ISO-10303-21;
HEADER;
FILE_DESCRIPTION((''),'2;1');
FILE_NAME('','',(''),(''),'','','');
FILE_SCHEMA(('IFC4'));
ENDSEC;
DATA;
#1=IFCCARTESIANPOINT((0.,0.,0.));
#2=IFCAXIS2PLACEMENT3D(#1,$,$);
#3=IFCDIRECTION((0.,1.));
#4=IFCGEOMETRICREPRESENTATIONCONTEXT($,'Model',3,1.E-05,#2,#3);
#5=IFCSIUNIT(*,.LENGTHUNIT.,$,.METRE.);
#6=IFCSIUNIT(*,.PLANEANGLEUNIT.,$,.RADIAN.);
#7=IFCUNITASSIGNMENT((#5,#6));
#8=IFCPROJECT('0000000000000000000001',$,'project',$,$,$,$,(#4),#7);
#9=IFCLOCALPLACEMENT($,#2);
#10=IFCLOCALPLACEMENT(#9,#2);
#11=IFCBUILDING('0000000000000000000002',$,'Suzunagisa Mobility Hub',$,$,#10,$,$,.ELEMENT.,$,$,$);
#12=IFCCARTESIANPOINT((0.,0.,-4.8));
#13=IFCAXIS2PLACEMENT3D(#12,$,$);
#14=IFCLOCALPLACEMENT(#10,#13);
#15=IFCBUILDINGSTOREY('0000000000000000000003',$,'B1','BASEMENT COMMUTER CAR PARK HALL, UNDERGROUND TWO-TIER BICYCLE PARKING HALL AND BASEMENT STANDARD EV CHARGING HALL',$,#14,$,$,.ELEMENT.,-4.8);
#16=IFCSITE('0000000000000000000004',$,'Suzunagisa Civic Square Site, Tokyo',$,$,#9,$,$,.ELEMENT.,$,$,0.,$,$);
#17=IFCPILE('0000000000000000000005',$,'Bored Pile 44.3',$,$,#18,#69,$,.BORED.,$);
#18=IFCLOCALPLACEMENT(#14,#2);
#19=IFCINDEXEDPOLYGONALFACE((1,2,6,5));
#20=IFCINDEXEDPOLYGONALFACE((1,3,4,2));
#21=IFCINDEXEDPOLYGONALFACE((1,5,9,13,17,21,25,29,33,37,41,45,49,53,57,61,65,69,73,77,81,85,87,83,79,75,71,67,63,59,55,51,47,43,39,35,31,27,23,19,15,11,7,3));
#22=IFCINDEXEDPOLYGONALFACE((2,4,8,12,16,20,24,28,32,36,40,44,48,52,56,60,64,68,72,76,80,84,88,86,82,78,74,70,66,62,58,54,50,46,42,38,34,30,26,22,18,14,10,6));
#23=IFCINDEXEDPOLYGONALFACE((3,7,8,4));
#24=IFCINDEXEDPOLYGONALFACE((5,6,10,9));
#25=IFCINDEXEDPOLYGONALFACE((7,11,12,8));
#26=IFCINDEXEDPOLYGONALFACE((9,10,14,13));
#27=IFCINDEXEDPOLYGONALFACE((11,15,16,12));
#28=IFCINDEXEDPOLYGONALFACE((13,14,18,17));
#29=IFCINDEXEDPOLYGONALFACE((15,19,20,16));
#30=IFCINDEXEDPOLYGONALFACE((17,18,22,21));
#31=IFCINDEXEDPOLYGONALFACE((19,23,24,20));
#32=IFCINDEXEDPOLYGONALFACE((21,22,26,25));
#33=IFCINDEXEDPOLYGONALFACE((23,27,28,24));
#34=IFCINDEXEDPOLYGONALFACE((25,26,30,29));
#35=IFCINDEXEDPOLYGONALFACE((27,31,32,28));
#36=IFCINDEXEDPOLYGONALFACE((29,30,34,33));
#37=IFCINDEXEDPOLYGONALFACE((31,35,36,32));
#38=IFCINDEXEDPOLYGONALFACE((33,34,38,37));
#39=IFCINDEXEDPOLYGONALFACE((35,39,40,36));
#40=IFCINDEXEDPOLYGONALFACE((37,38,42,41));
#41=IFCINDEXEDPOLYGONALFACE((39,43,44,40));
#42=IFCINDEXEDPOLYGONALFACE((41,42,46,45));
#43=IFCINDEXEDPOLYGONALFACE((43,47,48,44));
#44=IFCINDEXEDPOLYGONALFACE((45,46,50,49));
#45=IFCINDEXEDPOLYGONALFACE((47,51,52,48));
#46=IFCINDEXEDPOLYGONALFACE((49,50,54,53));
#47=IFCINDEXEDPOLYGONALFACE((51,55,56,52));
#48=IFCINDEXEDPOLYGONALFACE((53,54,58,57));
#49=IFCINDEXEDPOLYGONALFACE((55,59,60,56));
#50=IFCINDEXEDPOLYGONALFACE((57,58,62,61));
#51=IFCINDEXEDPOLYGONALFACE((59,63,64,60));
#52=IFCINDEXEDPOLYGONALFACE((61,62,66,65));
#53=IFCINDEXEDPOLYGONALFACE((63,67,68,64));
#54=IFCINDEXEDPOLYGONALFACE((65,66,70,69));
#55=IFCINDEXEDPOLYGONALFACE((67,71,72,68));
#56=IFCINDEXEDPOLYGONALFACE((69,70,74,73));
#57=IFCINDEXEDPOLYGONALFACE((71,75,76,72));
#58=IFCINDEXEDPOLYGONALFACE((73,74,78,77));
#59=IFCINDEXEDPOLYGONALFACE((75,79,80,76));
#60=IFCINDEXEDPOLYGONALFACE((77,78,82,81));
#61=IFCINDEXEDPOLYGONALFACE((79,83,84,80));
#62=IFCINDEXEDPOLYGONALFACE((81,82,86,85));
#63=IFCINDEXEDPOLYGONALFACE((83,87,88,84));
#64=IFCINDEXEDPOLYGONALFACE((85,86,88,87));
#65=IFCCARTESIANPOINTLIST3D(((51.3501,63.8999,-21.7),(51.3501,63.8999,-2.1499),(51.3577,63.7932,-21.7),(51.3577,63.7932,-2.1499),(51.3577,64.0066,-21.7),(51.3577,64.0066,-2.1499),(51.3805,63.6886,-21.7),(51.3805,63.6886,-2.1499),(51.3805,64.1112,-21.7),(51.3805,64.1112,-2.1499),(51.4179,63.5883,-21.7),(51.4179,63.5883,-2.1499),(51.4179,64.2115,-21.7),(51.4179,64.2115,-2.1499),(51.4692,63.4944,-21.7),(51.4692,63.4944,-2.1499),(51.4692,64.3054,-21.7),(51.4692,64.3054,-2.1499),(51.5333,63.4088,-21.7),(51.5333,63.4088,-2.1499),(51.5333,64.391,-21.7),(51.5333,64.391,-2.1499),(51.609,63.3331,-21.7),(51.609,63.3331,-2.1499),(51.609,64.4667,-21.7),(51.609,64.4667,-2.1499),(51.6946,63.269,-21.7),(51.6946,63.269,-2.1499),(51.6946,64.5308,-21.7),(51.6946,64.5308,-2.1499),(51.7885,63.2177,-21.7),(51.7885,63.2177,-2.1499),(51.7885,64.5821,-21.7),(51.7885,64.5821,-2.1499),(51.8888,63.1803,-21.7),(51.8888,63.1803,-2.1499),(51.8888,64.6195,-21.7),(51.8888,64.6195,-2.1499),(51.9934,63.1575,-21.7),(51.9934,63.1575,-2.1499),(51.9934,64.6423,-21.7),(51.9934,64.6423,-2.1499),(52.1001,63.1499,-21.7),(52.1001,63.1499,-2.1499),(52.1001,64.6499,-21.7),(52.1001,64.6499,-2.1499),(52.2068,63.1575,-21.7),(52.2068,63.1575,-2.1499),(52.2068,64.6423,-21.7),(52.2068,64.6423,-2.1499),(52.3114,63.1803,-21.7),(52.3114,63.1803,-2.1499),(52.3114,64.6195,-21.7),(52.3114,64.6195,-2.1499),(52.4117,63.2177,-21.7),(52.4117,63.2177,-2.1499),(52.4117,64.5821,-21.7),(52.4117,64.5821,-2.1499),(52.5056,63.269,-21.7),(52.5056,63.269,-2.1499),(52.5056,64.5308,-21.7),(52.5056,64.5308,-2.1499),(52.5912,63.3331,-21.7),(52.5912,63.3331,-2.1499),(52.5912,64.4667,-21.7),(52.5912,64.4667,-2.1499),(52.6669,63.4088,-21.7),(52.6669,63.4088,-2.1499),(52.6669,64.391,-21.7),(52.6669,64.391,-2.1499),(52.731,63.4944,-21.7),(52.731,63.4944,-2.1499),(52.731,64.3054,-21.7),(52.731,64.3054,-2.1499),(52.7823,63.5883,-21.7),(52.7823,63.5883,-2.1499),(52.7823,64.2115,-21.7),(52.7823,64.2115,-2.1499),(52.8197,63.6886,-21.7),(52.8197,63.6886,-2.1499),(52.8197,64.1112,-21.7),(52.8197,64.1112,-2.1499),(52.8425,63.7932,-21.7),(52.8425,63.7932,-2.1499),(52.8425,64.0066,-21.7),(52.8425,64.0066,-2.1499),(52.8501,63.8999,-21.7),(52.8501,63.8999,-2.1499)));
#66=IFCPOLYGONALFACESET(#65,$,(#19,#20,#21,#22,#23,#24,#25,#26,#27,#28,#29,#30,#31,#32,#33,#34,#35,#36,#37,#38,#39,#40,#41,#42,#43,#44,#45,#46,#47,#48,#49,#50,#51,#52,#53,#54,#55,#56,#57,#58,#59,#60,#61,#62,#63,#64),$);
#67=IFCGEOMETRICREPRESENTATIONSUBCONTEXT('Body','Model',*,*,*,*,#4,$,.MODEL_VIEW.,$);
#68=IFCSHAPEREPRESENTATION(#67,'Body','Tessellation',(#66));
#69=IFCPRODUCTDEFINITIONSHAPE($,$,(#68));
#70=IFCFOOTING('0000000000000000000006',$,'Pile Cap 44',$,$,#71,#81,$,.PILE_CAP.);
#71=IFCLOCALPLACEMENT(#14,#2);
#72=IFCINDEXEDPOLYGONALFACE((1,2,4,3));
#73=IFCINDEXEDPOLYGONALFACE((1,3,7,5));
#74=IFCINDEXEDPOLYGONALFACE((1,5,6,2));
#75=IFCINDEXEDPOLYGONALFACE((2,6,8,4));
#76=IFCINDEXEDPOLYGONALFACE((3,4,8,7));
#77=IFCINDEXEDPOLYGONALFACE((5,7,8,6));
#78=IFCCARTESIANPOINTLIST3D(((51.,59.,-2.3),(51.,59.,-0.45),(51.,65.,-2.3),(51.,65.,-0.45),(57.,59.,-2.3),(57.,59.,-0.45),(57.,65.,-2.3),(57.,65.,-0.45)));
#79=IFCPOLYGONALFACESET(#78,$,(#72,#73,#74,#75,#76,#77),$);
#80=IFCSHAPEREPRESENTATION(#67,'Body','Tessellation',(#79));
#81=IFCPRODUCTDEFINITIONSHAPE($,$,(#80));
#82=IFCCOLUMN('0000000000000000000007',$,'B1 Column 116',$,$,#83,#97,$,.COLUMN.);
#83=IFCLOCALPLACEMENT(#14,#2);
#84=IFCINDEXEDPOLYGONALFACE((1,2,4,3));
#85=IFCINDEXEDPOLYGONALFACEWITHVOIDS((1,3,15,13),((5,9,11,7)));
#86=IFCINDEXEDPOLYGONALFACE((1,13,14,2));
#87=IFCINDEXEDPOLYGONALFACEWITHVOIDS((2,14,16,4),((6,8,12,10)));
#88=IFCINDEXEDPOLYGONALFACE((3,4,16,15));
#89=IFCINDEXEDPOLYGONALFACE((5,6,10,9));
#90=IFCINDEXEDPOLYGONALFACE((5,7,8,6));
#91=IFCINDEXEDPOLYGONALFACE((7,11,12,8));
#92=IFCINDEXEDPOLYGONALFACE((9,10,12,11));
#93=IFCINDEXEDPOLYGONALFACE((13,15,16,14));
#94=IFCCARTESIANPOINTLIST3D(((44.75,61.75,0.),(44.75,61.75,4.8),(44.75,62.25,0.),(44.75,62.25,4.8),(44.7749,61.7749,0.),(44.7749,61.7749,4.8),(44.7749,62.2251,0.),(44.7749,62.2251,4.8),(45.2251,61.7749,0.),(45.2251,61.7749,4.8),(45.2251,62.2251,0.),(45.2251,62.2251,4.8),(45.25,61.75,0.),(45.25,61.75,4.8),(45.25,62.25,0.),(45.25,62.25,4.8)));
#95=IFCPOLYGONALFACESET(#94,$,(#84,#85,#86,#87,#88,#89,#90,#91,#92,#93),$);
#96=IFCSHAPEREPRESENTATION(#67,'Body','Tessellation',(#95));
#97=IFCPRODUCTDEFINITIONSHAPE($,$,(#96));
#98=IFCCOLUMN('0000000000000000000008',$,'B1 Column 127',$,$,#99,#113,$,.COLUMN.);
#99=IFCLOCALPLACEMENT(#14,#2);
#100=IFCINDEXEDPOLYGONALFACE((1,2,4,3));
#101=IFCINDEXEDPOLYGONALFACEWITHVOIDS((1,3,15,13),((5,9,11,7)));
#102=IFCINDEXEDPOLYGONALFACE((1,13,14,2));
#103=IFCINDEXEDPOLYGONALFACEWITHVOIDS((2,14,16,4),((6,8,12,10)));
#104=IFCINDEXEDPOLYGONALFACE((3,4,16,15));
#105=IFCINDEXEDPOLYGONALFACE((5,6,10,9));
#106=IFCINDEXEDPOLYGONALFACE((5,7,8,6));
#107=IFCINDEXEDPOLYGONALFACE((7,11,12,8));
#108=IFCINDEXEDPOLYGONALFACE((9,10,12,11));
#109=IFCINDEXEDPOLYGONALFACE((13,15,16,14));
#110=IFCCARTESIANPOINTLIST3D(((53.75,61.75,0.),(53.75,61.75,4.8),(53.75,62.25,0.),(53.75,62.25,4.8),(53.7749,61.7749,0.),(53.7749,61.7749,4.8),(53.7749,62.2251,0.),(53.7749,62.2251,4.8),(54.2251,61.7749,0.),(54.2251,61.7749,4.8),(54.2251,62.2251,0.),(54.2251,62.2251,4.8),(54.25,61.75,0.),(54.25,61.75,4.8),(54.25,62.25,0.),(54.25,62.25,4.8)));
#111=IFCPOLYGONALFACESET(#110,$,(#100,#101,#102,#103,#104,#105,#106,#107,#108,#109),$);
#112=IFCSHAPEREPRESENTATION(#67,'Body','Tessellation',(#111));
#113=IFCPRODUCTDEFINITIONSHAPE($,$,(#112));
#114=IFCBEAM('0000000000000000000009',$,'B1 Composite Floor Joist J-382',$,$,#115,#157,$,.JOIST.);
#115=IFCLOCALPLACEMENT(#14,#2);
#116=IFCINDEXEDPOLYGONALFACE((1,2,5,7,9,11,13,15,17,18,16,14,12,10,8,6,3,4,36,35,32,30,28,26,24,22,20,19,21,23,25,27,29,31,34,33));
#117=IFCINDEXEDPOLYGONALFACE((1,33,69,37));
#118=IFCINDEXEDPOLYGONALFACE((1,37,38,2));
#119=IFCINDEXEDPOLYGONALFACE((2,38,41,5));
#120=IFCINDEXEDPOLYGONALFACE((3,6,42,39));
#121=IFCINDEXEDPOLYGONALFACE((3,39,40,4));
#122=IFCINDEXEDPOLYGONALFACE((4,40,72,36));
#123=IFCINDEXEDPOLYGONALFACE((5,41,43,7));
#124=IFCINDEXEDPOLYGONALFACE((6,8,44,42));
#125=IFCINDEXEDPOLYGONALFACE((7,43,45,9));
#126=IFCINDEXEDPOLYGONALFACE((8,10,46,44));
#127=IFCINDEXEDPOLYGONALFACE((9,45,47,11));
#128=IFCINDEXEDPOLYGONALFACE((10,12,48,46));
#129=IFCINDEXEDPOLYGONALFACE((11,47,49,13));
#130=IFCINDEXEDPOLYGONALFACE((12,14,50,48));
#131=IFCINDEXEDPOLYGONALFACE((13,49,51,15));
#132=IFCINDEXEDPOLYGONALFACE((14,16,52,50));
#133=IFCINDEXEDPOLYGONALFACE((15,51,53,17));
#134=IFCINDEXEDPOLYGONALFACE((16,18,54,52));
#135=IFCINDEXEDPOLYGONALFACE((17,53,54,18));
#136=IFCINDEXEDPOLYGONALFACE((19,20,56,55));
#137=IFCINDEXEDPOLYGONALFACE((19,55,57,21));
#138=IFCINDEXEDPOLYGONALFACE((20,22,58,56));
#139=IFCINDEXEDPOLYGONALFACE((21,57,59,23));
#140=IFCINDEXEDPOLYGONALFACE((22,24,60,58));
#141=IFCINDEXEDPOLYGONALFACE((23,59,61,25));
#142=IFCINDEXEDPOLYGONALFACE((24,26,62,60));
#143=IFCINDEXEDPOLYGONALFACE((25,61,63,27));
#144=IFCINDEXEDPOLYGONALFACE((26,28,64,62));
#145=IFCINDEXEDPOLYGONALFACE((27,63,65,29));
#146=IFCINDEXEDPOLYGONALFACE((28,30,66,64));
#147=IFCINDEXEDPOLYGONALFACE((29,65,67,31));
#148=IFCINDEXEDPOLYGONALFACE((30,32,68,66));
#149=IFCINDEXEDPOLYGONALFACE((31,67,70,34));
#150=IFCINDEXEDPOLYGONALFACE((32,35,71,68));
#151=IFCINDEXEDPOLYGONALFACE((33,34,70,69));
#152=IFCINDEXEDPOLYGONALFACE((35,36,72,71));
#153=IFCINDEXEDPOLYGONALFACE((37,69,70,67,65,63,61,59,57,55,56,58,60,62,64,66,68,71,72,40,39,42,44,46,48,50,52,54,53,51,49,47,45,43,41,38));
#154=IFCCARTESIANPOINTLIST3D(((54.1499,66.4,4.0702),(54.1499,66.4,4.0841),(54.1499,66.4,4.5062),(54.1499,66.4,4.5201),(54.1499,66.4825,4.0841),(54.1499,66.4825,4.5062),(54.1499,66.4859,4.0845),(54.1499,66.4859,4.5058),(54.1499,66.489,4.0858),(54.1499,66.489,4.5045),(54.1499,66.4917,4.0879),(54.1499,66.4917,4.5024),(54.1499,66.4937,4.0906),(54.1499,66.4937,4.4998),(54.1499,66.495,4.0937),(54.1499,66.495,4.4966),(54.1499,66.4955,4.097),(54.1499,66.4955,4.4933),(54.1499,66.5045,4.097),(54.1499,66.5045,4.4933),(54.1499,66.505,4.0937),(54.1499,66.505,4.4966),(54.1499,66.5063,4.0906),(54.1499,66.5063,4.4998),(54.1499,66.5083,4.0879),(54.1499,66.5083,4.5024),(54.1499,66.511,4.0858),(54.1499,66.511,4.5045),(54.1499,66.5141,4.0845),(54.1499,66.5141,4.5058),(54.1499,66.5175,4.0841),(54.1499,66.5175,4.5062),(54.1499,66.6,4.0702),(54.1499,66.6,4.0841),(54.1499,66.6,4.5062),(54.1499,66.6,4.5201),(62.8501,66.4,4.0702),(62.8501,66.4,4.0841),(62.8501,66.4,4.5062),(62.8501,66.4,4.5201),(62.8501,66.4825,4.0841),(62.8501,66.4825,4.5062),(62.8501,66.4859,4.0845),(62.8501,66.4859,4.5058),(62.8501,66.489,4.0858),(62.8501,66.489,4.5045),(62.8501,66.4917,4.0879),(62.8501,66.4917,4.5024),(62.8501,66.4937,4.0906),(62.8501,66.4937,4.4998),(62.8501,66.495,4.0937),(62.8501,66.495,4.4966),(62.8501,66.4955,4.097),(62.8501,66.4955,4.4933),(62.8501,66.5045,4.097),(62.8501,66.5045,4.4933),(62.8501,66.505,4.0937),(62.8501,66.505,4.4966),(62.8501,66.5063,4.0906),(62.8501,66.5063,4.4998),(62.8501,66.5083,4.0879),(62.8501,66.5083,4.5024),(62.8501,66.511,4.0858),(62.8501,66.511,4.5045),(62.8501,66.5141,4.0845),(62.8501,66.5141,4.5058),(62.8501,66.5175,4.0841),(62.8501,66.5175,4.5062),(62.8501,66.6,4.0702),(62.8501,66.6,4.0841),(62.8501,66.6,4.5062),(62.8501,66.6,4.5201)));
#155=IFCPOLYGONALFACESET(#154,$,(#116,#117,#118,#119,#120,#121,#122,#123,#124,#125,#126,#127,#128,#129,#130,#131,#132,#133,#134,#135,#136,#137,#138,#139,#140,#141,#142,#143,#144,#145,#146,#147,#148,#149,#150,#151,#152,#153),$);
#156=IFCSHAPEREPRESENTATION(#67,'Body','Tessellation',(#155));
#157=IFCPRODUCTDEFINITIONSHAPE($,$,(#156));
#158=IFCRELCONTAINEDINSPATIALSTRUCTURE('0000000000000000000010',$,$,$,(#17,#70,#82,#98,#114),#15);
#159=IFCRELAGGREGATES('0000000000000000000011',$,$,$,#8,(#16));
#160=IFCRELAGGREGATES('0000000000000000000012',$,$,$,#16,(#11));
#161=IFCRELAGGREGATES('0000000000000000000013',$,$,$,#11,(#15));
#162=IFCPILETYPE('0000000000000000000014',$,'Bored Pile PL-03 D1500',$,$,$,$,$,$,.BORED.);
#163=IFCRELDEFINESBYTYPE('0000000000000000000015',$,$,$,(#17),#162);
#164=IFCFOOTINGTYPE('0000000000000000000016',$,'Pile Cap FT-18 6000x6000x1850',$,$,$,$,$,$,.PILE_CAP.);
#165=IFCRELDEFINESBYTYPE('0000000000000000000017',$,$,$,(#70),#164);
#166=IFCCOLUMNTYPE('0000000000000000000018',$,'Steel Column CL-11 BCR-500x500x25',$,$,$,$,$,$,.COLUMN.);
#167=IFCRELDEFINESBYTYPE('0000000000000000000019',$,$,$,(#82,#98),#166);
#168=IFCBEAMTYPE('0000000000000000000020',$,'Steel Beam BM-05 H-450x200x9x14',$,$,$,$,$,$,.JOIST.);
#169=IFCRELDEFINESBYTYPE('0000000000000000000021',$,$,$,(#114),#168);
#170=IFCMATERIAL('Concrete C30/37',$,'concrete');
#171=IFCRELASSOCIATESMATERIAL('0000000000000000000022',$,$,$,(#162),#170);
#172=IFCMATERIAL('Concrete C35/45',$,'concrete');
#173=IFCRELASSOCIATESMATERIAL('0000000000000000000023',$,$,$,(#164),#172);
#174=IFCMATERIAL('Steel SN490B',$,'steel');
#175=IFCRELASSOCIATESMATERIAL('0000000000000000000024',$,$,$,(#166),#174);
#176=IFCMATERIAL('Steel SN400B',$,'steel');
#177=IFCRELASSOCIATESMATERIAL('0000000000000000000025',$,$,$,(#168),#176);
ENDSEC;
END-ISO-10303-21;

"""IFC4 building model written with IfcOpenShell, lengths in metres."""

from ifc_helpers import new_model, si_unit, direction, frame, origin, origin_2d, place, context, subcontext, project, spatial, rectangle, hollow_rectangle, circle, i_section, extrude, material, material_profile, profile_set, type_object, element, save


model = new_model("IFC4")

# Units and contexts
model_context = context("Model", 3, precision=1e-05, world=origin(), true_north=direction((0.0, 1.0)))
body_context = subcontext(model_context, "Body", "Model", "MODEL_VIEW")
ifc_project = project(units=[si_unit("LENGTHUNIT", "METRE"), si_unit("PLANEANGLEUNIT", "RADIAN")], contexts=[model_context])

# Site, building, storey
site_placement = place(None, origin())
site = spatial("IfcSite", under=ifc_project, at=site_placement, Name="Suzunagisa Civic Square Site, Tokyo", CompositionType="ELEMENT", RefElevation=0.0)
building_placement = place(site_placement, origin())
building = spatial("IfcBuilding", under=site, at=building_placement, Name="Suzunagisa Mobility Hub", CompositionType="ELEMENT")
storey_placement = place(building_placement, frame((0.0, 0.0, -4.8)))
storey = spatial("IfcBuildingStorey", under=building, at=storey_placement, Name="B1", Description="BASEMENT COMMUTER CAR PARK HALL, UNDERGROUND TWO-TIER BICYCLE PARKING HALL AND BASEMENT STANDARD EV CHARGING HALL", CompositionType="ELEMENT", Elevation=-4.8)

# Pile
ifc_material_1 = material(Name="Concrete C30/37", Category="concrete")
ifc_material_profile_1 = material_profile(ifc_material_1, circle(Radius=0.75, at=origin_2d()), Name="BORED PILE D1500")
ifc_profile_set_1 = profile_set([ifc_material_profile_1], Name="Concrete C30/37")
pile_type_1 = type_object("IfcPileType", Name="Bored Pile PL-03 D1500", PredefinedType="BORED", material=ifc_profile_set_1)
for number, where, z_axis, x_axis, name in (
    (1, (52.1001, 63.8999, -2.1499), (0.0, 0.0, -1.0), (1.0, 0.0, 0.0), "Bored Pile 44.3"),
):
    element("IfcPile", number, at=place(storey_placement, frame(where, z_axis=z_axis, x_axis=x_axis)), inside=storey, type_object=pile_type_1, Name=name, PredefinedType="BORED", context=body_context, shape_type="SweptSolid", body=[
        extrude(circle(Radius=0.75, at=origin_2d()), origin(), (0.0, 0.0, 1.0), 19.55),
    ])

# Footing
ifc_material_2 = material(Name="Concrete C35/45", Category="concrete")
footing_type = type_object("IfcFootingType", Name="Pile Cap FT-18 6000x6000x1850", PredefinedType="PILE_CAP", material=ifc_material_2)
footing_placement = place(storey_placement, frame((54.0, 62.0, -2.3), z_axis=(0.0, 0.0, 1.0), x_axis=(1.0, 0.0, 0.0)))
element("IfcFooting", 2, at=footing_placement, inside=storey, type_object=footing_type, Name="Pile Cap 44", PredefinedType="PILE_CAP", context=body_context, shape_type="SweptSolid", body=[
    extrude(rectangle(XDim=6.0, YDim=6.0, at=origin_2d()), origin(), (0.0, 0.0, 1.0), 1.8501),
])

# Columns
ifc_material_3 = material(Name="Steel SN490B", Category="steel")
ifc_material_profile_2 = material_profile(ifc_material_3, hollow_rectangle(XDim=0.5, YDim=0.5, WallThickness=0.0249, at=origin_2d()), Name="BCR-500x500x25")
ifc_profile_set_2 = profile_set([ifc_material_profile_2], Name="Steel SN490B")
column_type = type_object("IfcColumnType", Name="Steel Column CL-11 BCR-500x500x25", PredefinedType="COLUMN", material=ifc_profile_set_2)
for number, where, z_axis, x_axis, name in (
    (3, (45.0, 62.0, 0.0), (0.0, 0.0, 1.0), (1.0, 0.0, 0.0), "B1 Column 116"),
    (4, (54.0, 62.0, 0.0), (0.0, 0.0, 1.0), (1.0, 0.0, 0.0), "B1 Column 127"),
):
    element("IfcColumn", number, at=place(storey_placement, frame(where, z_axis=z_axis, x_axis=x_axis)), inside=storey, type_object=column_type, Name=name, PredefinedType="COLUMN", context=body_context, shape_type="SweptSolid", body=[
        extrude(hollow_rectangle(XDim=0.5, YDim=0.5, WallThickness=0.0249, at=origin_2d()), origin(), (0.0, 0.0, 1.0), 4.8),
    ])

# Beam
ifc_material_4 = material(Name="Steel SN400B", Category="steel")
ifc_material_profile_3 = material_profile(ifc_material_4, i_section(OverallWidth=0.2, OverallDepth=0.45, WebThickness=0.009, FlangeThickness=0.0139, FilletRadius=0.0129, at=origin_2d()), Name="H-450x200x9x14")
ifc_profile_set_3 = profile_set([ifc_material_profile_3], Name="Steel SN400B")
beam_type_1 = type_object("IfcBeamType", Name="Steel Beam BM-05 H-450x200x9x14", PredefinedType="JOIST", material=ifc_profile_set_3)
beam_placement = place(storey_placement, frame((54.1499, 66.5, 4.2952), z_axis=(1.0, 0.0, 0.0), x_axis=(0.0, 1.0, 0.0)))
element("IfcBeam", 5, at=beam_placement, inside=storey, type_object=beam_type_1, Name="B1 Composite Floor Joist J-382", PredefinedType="JOIST", context=body_context, shape_type="SweptSolid", body=[
    extrude(i_section(OverallWidth=0.2, OverallDepth=0.45, WebThickness=0.009, FlangeThickness=0.0139, FilletRadius=0.0129, at=origin_2d()), origin(), (0.0, 0.0, 1.0), 8.7002),
])

save(model, "model.ifc")
